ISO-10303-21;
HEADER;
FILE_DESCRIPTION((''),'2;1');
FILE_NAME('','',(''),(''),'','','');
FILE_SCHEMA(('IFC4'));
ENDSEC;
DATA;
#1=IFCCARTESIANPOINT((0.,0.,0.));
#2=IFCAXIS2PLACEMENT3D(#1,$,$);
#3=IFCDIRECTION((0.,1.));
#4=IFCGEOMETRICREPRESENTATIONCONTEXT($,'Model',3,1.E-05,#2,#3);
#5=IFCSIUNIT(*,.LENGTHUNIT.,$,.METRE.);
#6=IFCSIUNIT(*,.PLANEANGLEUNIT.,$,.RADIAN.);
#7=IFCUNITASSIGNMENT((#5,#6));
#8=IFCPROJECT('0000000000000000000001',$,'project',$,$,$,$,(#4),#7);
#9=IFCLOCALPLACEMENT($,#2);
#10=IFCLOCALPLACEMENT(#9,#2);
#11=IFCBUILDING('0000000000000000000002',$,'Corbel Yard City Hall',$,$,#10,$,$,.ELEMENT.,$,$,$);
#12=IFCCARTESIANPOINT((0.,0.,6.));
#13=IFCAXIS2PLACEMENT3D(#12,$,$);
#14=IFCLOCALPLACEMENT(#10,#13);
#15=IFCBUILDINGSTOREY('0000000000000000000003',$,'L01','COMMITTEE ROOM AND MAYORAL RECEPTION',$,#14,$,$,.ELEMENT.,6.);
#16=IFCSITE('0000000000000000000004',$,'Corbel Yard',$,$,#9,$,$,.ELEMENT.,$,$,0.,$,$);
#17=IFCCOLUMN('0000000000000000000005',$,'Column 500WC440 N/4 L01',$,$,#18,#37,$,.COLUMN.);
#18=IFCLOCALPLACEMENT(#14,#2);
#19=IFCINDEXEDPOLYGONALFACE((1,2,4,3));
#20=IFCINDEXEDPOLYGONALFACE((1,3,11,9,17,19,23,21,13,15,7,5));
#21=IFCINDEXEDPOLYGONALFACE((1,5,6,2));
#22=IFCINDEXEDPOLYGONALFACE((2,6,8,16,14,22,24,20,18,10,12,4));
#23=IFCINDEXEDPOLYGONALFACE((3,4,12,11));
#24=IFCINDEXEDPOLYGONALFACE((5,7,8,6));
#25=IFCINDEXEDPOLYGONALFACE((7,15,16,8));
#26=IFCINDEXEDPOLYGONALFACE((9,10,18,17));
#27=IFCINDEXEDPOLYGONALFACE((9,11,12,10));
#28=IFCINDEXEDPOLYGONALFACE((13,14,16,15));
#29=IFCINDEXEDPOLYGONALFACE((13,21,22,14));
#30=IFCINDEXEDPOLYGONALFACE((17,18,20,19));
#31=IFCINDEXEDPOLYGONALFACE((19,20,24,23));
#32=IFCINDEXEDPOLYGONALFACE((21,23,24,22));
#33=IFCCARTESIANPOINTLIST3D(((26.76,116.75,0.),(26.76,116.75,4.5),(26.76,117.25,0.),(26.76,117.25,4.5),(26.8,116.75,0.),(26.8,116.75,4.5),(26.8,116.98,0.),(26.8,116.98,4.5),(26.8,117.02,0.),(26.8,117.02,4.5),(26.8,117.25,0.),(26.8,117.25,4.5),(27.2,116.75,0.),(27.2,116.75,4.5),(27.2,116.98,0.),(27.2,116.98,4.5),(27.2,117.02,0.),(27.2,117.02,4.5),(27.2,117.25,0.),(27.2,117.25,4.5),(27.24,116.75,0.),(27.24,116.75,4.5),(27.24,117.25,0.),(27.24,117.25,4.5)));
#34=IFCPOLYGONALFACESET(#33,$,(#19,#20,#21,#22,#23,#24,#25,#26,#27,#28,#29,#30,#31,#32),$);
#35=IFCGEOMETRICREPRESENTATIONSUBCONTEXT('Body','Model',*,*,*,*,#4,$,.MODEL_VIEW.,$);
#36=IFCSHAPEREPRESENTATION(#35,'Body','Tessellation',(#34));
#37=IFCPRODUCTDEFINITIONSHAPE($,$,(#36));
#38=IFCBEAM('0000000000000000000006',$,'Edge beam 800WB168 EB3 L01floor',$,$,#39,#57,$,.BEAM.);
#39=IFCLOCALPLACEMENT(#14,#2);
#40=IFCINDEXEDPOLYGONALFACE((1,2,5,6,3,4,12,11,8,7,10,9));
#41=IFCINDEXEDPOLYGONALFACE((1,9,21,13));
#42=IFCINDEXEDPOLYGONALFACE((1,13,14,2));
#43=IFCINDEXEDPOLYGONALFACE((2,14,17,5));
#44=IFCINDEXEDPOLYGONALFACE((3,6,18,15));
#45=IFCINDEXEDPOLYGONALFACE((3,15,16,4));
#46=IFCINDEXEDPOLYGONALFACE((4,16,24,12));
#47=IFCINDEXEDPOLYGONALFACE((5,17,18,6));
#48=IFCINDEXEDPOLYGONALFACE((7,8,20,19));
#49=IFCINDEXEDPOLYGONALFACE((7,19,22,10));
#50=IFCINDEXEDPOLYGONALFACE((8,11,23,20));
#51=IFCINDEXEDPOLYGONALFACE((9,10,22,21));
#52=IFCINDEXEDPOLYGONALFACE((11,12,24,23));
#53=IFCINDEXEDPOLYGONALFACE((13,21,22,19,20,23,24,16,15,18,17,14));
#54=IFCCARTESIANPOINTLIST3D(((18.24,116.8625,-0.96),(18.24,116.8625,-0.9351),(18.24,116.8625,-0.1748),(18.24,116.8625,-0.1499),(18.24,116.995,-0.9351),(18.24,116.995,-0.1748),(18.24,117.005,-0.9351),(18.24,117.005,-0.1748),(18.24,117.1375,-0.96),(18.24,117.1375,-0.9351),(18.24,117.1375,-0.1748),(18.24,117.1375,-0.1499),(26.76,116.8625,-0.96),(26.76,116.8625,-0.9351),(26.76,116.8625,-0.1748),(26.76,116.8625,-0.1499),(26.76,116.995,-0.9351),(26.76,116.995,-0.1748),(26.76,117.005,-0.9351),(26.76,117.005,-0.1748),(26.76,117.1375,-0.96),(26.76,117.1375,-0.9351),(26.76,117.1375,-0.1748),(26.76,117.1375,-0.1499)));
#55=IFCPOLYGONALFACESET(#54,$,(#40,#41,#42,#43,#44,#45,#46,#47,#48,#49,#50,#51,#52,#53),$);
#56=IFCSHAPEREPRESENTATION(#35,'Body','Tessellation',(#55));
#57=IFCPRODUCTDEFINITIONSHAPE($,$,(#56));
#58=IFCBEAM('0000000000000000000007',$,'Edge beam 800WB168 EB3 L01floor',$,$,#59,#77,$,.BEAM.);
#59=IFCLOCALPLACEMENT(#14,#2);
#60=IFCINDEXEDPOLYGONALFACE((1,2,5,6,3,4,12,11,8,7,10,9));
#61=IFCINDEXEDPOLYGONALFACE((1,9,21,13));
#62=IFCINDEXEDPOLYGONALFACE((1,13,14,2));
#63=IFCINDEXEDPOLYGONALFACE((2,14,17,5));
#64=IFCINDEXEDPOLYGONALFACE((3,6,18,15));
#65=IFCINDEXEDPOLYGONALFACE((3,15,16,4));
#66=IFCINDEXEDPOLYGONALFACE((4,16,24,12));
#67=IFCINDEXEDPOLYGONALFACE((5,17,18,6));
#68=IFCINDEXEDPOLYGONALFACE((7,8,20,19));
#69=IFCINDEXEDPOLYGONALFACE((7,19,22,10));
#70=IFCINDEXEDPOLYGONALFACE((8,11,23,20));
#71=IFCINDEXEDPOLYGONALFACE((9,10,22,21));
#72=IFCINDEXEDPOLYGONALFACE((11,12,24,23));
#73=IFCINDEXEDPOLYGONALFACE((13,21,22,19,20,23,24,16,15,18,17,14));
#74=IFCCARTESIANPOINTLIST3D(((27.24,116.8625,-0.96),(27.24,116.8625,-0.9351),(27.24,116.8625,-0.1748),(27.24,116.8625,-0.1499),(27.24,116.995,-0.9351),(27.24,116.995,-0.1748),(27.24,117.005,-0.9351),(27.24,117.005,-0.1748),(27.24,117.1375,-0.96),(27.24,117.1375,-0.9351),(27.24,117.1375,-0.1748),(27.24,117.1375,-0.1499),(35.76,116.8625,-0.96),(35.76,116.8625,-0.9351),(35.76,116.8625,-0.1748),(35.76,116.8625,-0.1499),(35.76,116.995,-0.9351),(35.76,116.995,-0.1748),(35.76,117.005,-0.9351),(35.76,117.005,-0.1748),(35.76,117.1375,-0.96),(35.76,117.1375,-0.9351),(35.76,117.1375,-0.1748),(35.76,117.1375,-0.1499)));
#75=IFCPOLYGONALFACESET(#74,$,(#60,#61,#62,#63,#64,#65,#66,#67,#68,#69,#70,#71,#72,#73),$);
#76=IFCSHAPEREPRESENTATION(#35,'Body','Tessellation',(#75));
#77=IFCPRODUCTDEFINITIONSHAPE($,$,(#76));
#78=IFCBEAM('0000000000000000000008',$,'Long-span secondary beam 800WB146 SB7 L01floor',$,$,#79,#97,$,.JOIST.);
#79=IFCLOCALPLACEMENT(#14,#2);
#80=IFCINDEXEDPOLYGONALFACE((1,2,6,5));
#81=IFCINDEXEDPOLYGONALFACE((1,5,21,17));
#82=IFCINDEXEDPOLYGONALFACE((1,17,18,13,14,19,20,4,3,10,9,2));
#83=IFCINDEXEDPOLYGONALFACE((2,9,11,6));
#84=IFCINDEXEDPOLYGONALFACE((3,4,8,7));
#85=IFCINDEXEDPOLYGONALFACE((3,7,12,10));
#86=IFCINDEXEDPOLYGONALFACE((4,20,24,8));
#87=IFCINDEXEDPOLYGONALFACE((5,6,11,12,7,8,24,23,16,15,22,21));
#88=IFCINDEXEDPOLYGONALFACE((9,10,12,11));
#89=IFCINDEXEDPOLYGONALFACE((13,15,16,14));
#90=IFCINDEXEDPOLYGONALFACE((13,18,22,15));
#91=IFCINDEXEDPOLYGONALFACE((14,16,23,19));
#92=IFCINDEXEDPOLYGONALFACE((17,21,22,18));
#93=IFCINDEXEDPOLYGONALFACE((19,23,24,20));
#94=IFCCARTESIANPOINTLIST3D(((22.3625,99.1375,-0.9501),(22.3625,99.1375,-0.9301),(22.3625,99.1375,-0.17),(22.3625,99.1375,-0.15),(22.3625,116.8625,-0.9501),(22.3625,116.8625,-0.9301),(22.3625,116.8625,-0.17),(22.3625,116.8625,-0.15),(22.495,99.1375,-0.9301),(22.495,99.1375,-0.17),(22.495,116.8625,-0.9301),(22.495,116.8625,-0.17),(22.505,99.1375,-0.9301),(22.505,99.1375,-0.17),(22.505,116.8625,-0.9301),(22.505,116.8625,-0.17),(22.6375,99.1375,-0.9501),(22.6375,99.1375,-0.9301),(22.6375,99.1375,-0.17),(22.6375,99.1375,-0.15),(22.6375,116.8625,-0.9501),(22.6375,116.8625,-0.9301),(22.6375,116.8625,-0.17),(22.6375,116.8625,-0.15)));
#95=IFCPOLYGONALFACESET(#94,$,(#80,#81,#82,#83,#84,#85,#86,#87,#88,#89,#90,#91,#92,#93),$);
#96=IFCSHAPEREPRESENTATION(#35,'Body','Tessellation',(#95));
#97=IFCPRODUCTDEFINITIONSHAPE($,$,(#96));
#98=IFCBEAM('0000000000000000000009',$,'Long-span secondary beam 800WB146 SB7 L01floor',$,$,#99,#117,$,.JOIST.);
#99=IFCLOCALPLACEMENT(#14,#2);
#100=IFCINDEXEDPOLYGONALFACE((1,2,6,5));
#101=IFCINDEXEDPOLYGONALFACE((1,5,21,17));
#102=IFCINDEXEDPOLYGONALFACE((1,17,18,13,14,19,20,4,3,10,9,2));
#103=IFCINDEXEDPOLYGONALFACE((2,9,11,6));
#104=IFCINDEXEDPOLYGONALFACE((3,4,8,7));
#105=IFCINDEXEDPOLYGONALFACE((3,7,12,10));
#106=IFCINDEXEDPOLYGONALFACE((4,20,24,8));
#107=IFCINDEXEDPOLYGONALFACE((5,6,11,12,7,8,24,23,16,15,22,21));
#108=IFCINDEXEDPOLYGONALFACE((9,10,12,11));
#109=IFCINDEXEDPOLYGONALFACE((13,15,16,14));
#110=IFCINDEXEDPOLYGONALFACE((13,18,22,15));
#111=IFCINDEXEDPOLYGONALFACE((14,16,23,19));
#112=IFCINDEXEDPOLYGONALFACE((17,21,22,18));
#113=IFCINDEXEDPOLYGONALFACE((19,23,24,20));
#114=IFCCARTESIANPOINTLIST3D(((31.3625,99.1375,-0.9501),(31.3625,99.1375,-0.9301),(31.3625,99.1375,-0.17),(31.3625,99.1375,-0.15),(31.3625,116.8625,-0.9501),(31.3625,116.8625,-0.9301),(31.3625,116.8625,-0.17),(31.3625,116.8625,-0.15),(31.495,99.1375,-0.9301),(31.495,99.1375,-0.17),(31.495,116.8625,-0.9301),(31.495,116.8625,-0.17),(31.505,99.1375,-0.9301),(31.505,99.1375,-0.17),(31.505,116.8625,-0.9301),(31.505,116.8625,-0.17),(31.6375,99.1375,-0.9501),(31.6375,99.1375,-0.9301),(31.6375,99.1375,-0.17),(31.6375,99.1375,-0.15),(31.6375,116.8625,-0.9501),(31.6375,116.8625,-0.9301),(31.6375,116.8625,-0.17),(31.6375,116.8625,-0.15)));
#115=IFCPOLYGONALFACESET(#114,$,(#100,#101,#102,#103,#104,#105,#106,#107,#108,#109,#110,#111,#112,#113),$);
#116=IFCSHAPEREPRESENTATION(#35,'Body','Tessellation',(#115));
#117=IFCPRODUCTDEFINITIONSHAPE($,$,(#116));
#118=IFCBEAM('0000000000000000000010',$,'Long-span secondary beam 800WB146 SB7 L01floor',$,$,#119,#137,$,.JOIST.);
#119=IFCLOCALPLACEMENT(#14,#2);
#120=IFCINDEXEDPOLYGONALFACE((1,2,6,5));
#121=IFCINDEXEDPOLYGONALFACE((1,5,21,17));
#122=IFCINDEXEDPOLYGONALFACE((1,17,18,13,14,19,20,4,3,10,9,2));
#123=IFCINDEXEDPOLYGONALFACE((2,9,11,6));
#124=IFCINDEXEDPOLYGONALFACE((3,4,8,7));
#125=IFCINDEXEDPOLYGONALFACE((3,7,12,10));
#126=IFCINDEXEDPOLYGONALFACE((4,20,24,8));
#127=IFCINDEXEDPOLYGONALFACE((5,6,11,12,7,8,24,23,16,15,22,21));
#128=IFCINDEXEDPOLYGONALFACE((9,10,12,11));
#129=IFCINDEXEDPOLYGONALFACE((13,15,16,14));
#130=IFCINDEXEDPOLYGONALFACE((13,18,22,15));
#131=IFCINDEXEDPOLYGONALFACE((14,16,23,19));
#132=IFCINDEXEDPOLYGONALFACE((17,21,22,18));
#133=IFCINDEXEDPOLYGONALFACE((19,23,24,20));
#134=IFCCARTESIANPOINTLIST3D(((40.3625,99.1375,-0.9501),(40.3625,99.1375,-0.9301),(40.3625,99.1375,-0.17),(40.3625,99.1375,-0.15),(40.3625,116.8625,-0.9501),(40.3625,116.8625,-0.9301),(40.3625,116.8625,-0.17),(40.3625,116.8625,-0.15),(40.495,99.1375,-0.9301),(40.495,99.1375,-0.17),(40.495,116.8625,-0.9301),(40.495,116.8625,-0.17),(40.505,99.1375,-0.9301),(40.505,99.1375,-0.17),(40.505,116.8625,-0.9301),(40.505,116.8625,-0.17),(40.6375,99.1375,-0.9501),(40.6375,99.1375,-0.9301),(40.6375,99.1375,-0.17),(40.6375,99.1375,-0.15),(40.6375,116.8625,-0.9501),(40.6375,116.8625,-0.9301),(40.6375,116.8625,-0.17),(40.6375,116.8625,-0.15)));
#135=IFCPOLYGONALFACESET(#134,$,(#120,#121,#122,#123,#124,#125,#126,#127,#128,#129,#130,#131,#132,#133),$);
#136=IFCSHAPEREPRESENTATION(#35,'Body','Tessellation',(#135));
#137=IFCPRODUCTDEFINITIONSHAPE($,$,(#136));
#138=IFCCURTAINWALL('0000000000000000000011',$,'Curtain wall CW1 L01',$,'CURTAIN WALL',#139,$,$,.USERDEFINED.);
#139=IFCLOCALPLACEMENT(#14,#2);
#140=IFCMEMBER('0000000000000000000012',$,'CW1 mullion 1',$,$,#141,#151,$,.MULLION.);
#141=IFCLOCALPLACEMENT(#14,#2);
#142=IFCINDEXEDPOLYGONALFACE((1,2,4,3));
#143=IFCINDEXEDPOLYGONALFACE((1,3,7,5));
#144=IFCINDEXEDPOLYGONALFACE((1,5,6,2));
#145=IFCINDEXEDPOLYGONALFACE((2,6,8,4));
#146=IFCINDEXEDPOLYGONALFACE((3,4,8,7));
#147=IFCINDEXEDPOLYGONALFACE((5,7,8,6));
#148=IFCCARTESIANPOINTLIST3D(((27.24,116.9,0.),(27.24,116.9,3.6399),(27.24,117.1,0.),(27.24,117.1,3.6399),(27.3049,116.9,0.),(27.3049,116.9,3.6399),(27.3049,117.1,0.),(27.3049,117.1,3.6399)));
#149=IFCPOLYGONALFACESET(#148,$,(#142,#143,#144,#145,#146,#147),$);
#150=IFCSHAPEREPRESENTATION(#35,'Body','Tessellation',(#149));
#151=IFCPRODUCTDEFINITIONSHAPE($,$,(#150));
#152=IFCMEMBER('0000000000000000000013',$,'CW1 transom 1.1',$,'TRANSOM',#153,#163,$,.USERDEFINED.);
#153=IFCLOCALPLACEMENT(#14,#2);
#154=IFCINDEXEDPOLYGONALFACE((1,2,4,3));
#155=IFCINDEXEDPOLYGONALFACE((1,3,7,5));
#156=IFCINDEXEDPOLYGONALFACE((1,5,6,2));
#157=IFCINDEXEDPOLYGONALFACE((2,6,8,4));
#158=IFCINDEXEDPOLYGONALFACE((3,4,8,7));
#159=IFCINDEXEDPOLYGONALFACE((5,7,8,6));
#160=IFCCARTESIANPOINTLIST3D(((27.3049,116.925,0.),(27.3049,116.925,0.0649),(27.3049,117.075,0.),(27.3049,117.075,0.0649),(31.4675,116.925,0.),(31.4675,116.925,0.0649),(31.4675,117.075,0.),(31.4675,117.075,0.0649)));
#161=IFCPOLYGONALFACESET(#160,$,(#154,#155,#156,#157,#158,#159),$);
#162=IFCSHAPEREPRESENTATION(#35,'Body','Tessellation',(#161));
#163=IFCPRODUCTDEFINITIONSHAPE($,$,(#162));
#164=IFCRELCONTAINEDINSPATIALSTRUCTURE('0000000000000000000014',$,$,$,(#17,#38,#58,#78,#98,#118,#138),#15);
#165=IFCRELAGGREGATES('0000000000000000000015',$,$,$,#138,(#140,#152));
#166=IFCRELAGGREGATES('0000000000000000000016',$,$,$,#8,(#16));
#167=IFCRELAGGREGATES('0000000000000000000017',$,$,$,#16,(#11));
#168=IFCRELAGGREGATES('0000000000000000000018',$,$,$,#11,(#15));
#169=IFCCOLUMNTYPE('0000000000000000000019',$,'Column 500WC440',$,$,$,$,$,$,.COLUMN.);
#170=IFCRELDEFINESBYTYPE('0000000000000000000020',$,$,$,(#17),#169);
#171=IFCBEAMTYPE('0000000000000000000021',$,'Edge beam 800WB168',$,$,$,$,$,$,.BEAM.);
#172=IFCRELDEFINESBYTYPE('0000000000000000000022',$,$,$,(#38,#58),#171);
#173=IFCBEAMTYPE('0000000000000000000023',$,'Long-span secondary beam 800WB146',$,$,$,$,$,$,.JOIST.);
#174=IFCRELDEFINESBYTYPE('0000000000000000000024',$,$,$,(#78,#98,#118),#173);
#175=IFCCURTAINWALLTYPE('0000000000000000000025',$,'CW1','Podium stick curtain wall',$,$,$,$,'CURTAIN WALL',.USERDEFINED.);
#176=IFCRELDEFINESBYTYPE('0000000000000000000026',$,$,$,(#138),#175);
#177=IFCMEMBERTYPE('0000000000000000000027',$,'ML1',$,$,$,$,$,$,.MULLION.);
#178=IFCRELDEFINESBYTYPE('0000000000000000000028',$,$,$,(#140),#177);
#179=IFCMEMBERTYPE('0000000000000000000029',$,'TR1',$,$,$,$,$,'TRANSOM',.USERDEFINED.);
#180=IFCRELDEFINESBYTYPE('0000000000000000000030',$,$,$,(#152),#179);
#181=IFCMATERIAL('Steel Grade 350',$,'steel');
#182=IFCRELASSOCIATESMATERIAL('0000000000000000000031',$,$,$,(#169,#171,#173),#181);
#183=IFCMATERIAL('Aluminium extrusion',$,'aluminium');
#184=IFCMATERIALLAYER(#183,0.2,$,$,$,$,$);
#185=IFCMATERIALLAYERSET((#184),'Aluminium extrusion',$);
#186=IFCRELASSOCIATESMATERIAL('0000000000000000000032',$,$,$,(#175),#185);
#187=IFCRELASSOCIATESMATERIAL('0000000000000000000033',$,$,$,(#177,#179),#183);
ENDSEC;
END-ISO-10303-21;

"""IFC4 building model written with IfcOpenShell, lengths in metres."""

from ifc_helpers import new_model, si_unit, direction, frame, origin, origin_2d, place, context, subcontext, project, spatial, rectangle, i_section, extrude, material, layer, layer_set, material_profile, profile_set, type_object, element, aggregate, save


model = new_model("IFC4")

# Units and contexts
model_context = context("Model", 3, precision=1e-05, world=origin(), true_north=direction((0.0, 1.0)))
body_context = subcontext(model_context, "Body", "Model", "MODEL_VIEW")
ifc_project = project(units=[si_unit("LENGTHUNIT", "METRE"), si_unit("PLANEANGLEUNIT", "RADIAN")], contexts=[model_context])

# Site, building, storey
site_placement = place(None, origin())
site = spatial("IfcSite", under=ifc_project, at=site_placement, Name="Corbel Yard", CompositionType="ELEMENT", RefElevation=0.0)
building_placement = place(site_placement, origin())
building = spatial("IfcBuilding", under=site, at=building_placement, Name="Corbel Yard City Hall", CompositionType="ELEMENT")
storey_placement = place(building_placement, frame((0.0, 0.0, 6.0)))
storey = spatial("IfcBuildingStorey", under=building, at=storey_placement, Name="L01", Description="COMMITTEE ROOM AND MAYORAL RECEPTION", CompositionType="ELEMENT", Elevation=6.0)

# Column
ifc_material_1 = material(Name="Steel Grade 350", Category="steel")
ifc_material_profile_1 = material_profile(ifc_material_1, i_section(OverallWidth=0.5, OverallDepth=0.48, WebThickness=0.04, FlangeThickness=0.04, at=origin_2d()), Name="500WC440")
ifc_profile_set_1 = profile_set([ifc_material_profile_1], Name="Steel Grade 350")
column_type = type_object("IfcColumnType", Name="Column 500WC440", PredefinedType="COLUMN", material=ifc_profile_set_1)
column_placement = place(storey_placement, frame((27.0, 117.0, 0.0), z_axis=(0.0, 0.0, 1.0), x_axis=(0.0, 1.0, 0.0)))
element("IfcColumn", 1, at=column_placement, inside=storey, type_object=column_type, Name="Column 500WC440 N/4 L01", PredefinedType="COLUMN", context=body_context, shape_type="SweptSolid", body=[
    extrude(i_section(OverallWidth=0.5, OverallDepth=0.48, WebThickness=0.04, FlangeThickness=0.04, at=origin_2d()), origin(), (0.0, 0.0, 1.0), 4.5),
])

# Beams
ifc_material_profile_2 = material_profile(ifc_material_1, i_section(OverallWidth=0.2749, OverallDepth=0.8101, WebThickness=0.01, FlangeThickness=0.0249, at=origin_2d()), Name="800WB168")
ifc_profile_set_2 = profile_set([ifc_material_profile_2], Name="Steel Grade 350")
beam_type_1 = type_object("IfcBeamType", Name="Edge beam 800WB168", PredefinedType="BEAM", material=ifc_profile_set_2)
for number, where, z_axis, x_axis, name in (
    (2, (18.24, 117.0, -0.5549), (1.0, 0.0, 0.0), (0.0, 1.0, 0.0), "Edge beam 800WB168 EB3 L01floor"),
    (3, (27.24, 117.0, -0.5549), (1.0, 0.0, 0.0), (0.0, 1.0, 0.0), "Edge beam 800WB168 EB3 L01floor"),
):
    element("IfcBeam", number, at=place(storey_placement, frame(where, z_axis=z_axis, x_axis=x_axis)), inside=storey, type_object=beam_type_1, Name=name, PredefinedType="BEAM", context=body_context, shape_type="SweptSolid", body=[
        extrude(i_section(OverallWidth=0.2749, OverallDepth=0.8101, WebThickness=0.01, FlangeThickness=0.0249, at=origin_2d()), origin(), (0.0, 0.0, 1.0), 8.52),
    ])
ifc_material_profile_3 = material_profile(ifc_material_1, i_section(OverallWidth=0.2749, OverallDepth=0.8, WebThickness=0.01, FlangeThickness=0.02, at=origin_2d()), Name="800WB146")
ifc_profile_set_3 = profile_set([ifc_material_profile_3], Name="Steel Grade 350")
beam_type_2 = type_object("IfcBeamType", Name="Long-span secondary beam 800WB146", PredefinedType="JOIST", material=ifc_profile_set_3)
for number, where, z_axis, x_axis, name in (
    (4, (22.5, 99.1375, -0.55), (0.0, 1.0, 0.0), (-1.0, 0.0, 0.0), "Long-span secondary beam 800WB146 SB7 L01floor"),
    (5, (31.5, 99.1375, -0.55), (0.0, 1.0, 0.0), (-1.0, 0.0, 0.0), "Long-span secondary beam 800WB146 SB7 L01floor"),
    (6, (40.5, 99.1375, -0.55), (0.0, 1.0, 0.0), (-1.0, 0.0, 0.0), "Long-span secondary beam 800WB146 SB7 L01floor"),
):
    element("IfcBeam", number, at=place(storey_placement, frame(where, z_axis=z_axis, x_axis=x_axis)), inside=storey, type_object=beam_type_2, Name=name, PredefinedType="JOIST", context=body_context, shape_type="SweptSolid", body=[
        extrude(i_section(OverallWidth=0.2749, OverallDepth=0.8, WebThickness=0.01, FlangeThickness=0.02, at=origin_2d()), origin(), (0.0, 0.0, 1.0), 17.7251),
    ])

# Curtain wall, members
ifc_material_2 = material(Name="Aluminium extrusion", Category="aluminium")
ifc_layer_1 = layer(ifc_material_2, 0.2)
ifc_layer_set_1 = layer_set([ifc_layer_1], Name="Aluminium extrusion")
curtain_wall_type = type_object("IfcCurtainWallType", Name="CW1", Description="Podium stick curtain wall", ElementType="CURTAIN WALL", PredefinedType="USERDEFINED", material=ifc_layer_set_1)
curtain_wall_placement = place(storey_placement, origin())
curtain_wall = element("IfcCurtainWall", 7, at=curtain_wall_placement, inside=storey, type_object=curtain_wall_type, Name="Curtain wall CW1 L01", ObjectType="CURTAIN WALL", PredefinedType="USERDEFINED")
ifc_material_profile_4 = material_profile(ifc_material_2, rectangle(XDim=0.2, YDim=0.0649, at=origin_2d()), Name="200x65")
ifc_profile_set_4 = profile_set([ifc_material_profile_4], Name="Aluminium extrusion")
member_type_1 = type_object("IfcMemberType", Name="ML1", PredefinedType="MULLION", material=ifc_profile_set_4)
member_1_placement = place(storey_placement, frame((27.2725, 117.0, 0.0), z_axis=(0.0, 0.0, 1.0), x_axis=(0.0, 1.0, 0.0)))
member_1 = element("IfcMember", 8, at=member_1_placement, type_object=member_type_1, Name="CW1 mullion 1", PredefinedType="MULLION", context=body_context, shape_type="SweptSolid", body=[
    extrude(rectangle(XDim=0.2, YDim=0.0649, at=origin_2d()), origin(), (0.0, 0.0, 1.0), 3.6399),
])
ifc_material_profile_5 = material_profile(ifc_material_2, rectangle(XDim=0.1499, YDim=0.0649, at=origin_2d()), Name="150x65")
ifc_profile_set_5 = profile_set([ifc_material_profile_5], Name="Aluminium extrusion")
member_type_2 = type_object("IfcMemberType", Name="TR1", ElementType="TRANSOM", PredefinedType="USERDEFINED", material=ifc_profile_set_5)
member_2_placement = place(storey_placement, frame((27.3049, 117.0, 0.0325), z_axis=(1.0, 0.0, 0.0), x_axis=(0.0, 1.0, 0.0)))
member_2 = element("IfcMember", 9, at=member_2_placement, type_object=member_type_2, Name="CW1 transom 1.1", ObjectType="TRANSOM", PredefinedType="USERDEFINED", context=body_context, shape_type="SweptSolid", body=[
    extrude(rectangle(XDim=0.1499, YDim=0.0649, at=origin_2d()), origin(), (0.0, 0.0, 1.0), 4.1626),
])
aggregate(curtain_wall, [member_1, member_2])

save(model, "model.ifc")
